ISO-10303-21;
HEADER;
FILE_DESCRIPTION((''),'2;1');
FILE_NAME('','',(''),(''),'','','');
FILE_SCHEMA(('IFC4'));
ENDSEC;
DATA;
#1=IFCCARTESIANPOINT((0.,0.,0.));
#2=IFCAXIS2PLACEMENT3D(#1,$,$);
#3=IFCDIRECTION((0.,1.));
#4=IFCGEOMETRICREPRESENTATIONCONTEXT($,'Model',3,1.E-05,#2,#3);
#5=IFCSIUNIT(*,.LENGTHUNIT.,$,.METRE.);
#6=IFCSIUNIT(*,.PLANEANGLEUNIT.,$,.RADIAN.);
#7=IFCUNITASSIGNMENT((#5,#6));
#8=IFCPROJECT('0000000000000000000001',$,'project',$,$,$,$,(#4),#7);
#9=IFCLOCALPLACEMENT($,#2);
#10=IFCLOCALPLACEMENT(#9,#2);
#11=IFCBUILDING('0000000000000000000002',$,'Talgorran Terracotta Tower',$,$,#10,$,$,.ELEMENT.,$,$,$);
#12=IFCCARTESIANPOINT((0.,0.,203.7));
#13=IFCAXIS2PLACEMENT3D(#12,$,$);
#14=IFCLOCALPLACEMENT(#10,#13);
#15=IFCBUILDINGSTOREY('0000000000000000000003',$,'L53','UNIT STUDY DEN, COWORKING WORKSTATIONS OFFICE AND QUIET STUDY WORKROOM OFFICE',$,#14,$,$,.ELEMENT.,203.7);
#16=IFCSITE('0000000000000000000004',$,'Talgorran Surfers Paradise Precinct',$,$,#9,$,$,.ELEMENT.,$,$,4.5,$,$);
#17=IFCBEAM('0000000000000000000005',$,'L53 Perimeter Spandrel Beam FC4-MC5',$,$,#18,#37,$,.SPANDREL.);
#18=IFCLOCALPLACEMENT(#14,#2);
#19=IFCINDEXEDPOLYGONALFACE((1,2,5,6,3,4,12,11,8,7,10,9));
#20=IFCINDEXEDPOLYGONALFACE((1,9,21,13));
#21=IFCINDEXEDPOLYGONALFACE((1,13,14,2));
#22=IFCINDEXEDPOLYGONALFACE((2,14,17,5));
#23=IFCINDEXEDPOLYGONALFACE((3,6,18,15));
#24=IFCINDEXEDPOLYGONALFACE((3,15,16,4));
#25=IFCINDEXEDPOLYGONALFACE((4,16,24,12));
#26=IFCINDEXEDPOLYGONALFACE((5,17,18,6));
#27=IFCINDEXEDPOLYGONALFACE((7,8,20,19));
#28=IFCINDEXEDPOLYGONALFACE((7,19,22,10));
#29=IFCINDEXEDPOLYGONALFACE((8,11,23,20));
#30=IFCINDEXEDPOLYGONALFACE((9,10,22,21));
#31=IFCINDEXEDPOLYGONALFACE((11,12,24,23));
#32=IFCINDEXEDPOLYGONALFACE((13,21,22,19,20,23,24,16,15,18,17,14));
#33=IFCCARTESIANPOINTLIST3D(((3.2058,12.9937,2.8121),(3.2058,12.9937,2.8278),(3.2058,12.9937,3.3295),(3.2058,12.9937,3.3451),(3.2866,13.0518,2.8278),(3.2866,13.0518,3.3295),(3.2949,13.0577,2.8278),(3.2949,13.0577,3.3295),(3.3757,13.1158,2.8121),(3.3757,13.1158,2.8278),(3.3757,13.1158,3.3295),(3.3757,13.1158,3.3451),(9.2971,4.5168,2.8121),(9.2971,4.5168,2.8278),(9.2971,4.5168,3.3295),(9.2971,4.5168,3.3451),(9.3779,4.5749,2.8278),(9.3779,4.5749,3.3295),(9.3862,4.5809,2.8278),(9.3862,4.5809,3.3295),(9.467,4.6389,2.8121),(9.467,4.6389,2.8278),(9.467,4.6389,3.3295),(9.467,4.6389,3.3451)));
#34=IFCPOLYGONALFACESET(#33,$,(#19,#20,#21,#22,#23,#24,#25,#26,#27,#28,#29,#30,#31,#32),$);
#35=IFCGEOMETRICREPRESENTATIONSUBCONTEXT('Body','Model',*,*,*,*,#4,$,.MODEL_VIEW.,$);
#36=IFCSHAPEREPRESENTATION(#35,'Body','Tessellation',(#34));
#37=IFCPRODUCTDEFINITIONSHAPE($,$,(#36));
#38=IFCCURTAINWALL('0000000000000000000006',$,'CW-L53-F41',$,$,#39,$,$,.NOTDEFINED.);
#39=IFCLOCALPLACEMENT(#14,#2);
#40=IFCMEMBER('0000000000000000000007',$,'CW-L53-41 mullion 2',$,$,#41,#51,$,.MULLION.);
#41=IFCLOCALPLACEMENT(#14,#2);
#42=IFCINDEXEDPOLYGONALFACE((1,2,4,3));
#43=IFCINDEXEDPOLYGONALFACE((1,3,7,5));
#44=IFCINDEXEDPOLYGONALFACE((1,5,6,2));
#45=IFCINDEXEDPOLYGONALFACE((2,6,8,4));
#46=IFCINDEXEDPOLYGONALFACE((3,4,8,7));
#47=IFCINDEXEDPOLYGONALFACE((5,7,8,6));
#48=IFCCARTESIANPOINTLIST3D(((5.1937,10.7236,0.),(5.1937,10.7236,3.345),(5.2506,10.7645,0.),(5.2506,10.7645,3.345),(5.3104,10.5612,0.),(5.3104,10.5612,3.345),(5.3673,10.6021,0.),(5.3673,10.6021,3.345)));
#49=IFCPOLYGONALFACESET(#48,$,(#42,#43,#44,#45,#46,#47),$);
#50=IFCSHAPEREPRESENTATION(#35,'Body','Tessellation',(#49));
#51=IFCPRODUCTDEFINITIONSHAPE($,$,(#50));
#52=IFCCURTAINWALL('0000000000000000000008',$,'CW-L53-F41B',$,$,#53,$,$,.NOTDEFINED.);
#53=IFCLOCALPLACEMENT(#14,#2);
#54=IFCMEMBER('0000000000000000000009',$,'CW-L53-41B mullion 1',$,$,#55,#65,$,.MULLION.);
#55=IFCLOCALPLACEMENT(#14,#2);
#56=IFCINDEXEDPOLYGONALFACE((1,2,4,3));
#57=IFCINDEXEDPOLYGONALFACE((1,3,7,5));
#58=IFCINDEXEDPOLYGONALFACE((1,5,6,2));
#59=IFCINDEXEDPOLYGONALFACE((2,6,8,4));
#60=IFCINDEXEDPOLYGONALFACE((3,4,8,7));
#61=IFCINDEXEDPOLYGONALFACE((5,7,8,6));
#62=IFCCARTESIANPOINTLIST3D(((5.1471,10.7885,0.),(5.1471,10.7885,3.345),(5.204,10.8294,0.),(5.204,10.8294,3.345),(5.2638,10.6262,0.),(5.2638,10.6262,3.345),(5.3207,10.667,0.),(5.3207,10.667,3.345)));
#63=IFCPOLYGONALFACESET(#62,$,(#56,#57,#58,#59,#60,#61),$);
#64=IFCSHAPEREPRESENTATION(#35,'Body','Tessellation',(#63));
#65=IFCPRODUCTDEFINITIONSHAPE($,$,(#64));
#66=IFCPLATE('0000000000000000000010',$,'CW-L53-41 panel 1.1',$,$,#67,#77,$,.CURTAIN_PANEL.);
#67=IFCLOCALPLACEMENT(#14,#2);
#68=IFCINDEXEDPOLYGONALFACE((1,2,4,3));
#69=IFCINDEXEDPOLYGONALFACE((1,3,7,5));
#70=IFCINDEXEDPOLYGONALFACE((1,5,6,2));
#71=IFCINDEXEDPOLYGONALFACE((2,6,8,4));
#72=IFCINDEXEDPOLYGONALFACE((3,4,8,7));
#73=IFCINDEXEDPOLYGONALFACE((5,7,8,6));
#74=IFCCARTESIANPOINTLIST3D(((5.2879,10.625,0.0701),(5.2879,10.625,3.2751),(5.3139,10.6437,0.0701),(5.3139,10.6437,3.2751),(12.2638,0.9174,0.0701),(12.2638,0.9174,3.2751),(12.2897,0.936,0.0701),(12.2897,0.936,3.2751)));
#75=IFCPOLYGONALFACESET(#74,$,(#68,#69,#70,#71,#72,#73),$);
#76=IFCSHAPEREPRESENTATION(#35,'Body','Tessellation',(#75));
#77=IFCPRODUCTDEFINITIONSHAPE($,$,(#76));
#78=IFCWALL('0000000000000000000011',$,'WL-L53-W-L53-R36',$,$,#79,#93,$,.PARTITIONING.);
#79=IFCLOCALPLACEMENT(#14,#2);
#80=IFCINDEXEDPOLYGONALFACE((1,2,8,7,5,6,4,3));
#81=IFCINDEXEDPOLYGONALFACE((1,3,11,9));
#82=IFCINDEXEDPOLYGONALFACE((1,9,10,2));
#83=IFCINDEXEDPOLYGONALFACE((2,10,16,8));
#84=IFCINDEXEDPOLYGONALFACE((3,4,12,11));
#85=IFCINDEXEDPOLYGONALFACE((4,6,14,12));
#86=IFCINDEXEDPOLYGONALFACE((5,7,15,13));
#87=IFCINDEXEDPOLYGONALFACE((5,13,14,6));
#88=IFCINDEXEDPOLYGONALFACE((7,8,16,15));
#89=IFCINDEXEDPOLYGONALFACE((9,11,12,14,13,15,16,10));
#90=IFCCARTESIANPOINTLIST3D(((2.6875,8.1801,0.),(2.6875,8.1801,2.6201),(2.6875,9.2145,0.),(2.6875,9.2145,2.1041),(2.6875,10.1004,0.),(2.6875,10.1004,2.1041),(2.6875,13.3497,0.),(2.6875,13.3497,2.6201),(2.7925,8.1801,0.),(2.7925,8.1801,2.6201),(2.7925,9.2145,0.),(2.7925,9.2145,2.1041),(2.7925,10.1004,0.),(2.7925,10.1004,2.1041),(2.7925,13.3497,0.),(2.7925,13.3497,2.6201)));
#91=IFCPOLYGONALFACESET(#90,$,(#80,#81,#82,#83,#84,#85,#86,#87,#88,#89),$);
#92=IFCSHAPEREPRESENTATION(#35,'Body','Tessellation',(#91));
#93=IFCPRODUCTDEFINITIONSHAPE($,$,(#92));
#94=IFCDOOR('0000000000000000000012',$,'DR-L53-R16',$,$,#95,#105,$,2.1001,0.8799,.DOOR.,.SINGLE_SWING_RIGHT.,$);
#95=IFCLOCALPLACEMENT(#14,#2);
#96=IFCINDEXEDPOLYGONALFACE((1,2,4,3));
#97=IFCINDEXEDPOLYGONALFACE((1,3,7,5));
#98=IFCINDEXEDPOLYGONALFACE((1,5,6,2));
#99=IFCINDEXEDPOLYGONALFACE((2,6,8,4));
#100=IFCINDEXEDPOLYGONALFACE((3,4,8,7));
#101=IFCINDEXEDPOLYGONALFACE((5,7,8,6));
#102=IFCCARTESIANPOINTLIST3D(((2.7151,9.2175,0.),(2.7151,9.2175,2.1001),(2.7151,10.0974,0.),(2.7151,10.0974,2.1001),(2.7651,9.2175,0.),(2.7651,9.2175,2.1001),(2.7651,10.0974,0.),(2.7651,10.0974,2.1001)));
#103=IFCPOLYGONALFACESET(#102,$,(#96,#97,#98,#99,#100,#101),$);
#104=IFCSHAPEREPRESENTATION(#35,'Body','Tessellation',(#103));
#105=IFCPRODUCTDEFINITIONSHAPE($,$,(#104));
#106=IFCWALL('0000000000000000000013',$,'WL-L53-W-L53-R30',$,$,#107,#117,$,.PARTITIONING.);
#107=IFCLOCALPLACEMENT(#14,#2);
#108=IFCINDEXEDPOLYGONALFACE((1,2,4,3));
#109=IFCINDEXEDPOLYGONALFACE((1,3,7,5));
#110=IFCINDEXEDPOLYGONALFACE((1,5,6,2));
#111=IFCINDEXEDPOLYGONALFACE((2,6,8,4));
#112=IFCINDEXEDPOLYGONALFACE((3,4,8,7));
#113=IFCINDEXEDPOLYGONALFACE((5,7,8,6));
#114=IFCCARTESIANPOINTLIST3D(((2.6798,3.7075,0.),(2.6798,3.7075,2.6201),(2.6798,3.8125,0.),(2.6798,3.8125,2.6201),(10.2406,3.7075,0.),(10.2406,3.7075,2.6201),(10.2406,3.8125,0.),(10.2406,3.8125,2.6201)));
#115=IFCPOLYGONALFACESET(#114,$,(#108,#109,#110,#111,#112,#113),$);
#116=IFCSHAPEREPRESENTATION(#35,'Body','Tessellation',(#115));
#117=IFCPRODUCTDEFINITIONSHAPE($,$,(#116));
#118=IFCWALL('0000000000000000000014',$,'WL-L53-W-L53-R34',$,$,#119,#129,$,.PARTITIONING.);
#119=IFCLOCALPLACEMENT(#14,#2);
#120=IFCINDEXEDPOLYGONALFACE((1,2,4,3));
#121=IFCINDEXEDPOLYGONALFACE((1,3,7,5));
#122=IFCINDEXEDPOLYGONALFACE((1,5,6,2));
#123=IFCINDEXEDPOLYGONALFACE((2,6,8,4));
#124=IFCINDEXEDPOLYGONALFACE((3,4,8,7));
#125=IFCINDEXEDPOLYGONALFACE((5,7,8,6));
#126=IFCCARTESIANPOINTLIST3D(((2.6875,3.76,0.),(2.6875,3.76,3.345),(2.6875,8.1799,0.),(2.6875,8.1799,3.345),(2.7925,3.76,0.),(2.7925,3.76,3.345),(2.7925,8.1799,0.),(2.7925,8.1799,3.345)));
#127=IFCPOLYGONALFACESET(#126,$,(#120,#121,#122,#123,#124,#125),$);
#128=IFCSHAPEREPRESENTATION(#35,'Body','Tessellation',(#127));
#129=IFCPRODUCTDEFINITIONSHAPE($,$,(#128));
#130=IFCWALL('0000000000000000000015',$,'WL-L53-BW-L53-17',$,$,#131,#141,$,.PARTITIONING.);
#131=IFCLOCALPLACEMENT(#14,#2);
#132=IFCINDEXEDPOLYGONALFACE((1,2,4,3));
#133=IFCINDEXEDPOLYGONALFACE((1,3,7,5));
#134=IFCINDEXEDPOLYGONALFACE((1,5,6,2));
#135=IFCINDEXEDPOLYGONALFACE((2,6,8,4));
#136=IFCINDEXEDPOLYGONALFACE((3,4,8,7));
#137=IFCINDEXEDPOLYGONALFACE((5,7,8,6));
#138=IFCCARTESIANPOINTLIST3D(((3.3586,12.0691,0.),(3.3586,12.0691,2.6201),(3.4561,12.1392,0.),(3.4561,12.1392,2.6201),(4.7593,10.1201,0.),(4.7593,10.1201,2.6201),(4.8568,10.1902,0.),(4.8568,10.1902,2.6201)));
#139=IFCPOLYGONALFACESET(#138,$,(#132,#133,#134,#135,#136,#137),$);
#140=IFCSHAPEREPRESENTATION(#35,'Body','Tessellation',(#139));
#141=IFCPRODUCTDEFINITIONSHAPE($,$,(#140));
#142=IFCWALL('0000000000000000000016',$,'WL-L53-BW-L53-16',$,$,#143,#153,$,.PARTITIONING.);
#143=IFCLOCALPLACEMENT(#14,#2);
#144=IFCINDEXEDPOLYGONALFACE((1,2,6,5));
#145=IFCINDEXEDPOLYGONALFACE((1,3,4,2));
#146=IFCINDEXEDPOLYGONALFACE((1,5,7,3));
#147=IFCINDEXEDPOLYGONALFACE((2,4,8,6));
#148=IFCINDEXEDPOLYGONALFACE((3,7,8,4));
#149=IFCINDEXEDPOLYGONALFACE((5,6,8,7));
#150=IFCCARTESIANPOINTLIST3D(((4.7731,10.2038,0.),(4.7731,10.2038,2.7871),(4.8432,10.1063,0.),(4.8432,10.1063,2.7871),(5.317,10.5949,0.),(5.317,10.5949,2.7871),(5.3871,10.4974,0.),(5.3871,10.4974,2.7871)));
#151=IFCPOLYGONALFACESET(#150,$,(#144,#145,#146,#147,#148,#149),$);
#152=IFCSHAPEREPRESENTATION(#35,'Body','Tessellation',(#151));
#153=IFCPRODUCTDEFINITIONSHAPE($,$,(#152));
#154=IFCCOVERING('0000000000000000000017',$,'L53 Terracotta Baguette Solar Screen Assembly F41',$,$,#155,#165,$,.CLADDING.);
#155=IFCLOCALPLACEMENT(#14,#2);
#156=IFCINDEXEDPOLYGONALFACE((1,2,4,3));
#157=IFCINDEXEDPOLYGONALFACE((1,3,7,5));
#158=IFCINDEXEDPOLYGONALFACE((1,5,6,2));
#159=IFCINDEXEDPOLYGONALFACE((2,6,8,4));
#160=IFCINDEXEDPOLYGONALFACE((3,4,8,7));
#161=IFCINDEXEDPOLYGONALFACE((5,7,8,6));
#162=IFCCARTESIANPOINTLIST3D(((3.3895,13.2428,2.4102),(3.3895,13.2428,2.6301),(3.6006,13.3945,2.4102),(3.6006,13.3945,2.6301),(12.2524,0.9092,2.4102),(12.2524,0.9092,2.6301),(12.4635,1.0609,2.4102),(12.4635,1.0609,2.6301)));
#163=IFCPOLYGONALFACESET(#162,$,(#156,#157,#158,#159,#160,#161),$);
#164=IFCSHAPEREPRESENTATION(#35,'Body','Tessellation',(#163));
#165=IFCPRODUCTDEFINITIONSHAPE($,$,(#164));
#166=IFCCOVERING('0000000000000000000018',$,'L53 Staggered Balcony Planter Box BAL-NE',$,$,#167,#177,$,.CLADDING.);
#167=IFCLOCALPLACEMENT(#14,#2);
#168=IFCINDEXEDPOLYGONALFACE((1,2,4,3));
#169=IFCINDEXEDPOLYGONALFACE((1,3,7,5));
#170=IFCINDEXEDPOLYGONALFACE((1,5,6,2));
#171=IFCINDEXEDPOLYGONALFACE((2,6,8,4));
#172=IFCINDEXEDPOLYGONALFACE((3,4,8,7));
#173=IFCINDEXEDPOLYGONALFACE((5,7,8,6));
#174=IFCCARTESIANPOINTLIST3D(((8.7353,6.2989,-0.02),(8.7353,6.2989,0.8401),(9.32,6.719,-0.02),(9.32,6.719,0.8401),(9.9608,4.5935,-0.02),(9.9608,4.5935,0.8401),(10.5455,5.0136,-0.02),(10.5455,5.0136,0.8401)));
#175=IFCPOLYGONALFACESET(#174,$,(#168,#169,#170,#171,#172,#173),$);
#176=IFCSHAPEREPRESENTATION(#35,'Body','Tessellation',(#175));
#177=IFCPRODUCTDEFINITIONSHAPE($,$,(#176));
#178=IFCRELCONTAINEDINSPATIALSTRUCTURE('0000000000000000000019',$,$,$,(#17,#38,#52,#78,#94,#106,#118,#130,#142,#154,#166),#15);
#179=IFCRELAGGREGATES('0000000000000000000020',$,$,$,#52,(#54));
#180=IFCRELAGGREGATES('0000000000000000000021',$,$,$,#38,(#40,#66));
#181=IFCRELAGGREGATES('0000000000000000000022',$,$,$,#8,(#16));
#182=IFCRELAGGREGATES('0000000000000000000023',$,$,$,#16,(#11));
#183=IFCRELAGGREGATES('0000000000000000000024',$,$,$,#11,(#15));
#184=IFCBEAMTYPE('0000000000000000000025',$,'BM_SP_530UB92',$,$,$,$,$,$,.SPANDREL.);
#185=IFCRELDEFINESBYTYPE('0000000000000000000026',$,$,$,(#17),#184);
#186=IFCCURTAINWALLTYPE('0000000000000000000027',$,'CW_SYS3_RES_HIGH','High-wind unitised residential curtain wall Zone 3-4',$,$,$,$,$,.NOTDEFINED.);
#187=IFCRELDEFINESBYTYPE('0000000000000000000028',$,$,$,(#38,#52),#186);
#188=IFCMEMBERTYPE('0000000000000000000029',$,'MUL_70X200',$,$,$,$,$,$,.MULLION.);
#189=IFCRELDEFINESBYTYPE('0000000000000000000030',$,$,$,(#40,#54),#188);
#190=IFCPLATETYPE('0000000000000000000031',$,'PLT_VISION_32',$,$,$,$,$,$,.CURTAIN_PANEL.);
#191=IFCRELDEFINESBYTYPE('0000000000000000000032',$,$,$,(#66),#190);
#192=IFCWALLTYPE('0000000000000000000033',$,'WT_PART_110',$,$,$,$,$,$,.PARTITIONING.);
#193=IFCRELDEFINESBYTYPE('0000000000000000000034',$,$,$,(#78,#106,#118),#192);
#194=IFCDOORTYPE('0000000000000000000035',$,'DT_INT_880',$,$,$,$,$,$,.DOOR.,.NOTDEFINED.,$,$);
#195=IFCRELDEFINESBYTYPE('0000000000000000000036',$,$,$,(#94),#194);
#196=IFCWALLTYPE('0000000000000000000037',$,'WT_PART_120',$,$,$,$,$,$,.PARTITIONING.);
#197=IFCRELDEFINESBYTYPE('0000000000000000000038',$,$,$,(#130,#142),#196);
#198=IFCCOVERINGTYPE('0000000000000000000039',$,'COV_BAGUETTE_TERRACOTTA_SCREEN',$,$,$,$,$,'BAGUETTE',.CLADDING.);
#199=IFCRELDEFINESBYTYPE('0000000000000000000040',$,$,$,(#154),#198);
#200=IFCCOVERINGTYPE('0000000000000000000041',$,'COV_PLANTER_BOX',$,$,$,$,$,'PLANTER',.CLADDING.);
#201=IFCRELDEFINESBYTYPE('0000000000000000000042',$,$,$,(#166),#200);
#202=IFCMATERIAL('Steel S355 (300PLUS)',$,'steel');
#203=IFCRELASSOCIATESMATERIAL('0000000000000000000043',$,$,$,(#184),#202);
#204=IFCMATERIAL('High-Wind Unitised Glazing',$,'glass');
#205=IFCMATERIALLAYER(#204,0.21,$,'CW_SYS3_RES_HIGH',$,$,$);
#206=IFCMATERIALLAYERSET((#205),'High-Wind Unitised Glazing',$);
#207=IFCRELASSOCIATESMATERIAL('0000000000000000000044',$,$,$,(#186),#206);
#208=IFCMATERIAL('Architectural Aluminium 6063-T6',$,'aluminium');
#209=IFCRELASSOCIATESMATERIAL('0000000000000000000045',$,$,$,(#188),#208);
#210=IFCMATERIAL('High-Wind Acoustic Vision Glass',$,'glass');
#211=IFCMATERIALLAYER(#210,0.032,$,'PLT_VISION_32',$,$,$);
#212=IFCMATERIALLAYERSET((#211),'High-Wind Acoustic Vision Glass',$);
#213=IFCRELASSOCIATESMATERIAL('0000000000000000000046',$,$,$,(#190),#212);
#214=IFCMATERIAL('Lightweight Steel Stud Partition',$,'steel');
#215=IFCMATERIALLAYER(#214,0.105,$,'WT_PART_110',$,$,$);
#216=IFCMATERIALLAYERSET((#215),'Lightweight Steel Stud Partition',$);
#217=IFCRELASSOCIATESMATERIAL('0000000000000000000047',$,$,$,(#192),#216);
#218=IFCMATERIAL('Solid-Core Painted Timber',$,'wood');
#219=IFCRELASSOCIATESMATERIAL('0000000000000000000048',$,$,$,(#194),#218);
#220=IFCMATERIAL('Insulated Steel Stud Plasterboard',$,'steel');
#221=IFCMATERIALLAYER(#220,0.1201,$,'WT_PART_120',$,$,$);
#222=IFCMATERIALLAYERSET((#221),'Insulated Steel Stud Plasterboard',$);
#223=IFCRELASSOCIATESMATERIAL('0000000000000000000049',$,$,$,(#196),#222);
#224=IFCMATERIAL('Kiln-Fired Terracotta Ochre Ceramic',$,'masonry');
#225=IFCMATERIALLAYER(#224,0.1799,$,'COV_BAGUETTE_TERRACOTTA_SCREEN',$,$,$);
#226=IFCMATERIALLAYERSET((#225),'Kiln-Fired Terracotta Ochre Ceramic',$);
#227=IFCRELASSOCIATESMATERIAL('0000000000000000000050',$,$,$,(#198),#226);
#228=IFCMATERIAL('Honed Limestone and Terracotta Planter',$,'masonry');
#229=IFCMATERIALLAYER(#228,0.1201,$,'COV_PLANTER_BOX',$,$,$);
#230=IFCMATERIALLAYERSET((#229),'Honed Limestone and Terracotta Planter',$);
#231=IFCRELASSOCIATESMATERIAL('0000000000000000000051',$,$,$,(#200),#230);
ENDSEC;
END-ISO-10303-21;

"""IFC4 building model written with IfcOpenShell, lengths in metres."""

from ifc_helpers import new_model, si_unit, direction, frame, frame_2d, origin, origin_2d, place, context, subcontext, project, spatial, rectangle, i_section, extrude, source, transform, mapped, material, layer, layer_set, material_profile, profile_set, type_object, type_shapes, element, fill, aggregate, save


model = new_model("IFC4")

# Units and contexts
model_context = context("Model", 3, precision=1e-05, world=origin(), true_north=direction((0.0, 1.0)))
body_context = subcontext(model_context, "Body", "Model", "MODEL_VIEW")
ifc_project = project(units=[si_unit("LENGTHUNIT", "METRE"), si_unit("PLANEANGLEUNIT", "RADIAN")], contexts=[model_context])

# Site, building, storey
site_placement = place(None, origin())
site = spatial("IfcSite", under=ifc_project, at=site_placement, Name="Talgorran Surfers Paradise Precinct", CompositionType="ELEMENT", RefElevation=4.5)
building_placement = place(site_placement, origin())
building = spatial("IfcBuilding", under=site, at=building_placement, Name="Talgorran Terracotta Tower", CompositionType="ELEMENT")
storey_placement = place(building_placement, frame((0.0, 0.0, 203.7)))
storey = spatial("IfcBuildingStorey", under=building, at=storey_placement, Name="L53", Description="UNIT STUDY DEN, COWORKING WORKSTATIONS OFFICE AND QUIET STUDY WORKROOM OFFICE", CompositionType="ELEMENT", Elevation=203.7)

# Shared definitions
ifc_material_1 = material(Name="Steel S355 (300PLUS)", Category="steel")

# Beam
ifc_material_profile_1 = material_profile(ifc_material_1, i_section(OverallWidth=0.2092, OverallDepth=0.533, WebThickness=0.0103, FlangeThickness=0.0156, at=origin_2d()), Name="530UB92.4")
ifc_profile_set_1 = profile_set([ifc_material_profile_1], Name="Steel S355 (300PLUS)")
beam_type_1 = type_object("IfcBeamType", Name="BM_SP_530UB92", PredefinedType="SPANDREL", material=ifc_profile_set_1)
beam_1_placement = place(storey_placement, frame((9.3821, 4.5779, 3.0786), z_axis=(-0.583548, 0.812079, 0.0), x_axis=(-0.812079, -0.583548, 0.0)))
element("IfcBeam", 1, at=beam_1_placement, inside=storey, type_object=beam_type_1, Name="L53 Perimeter Spandrel Beam FC4-MC5", PredefinedType="SPANDREL", context=body_context, shape_type="SweptSolid", body=[
    extrude(i_section(OverallWidth=0.2092, OverallDepth=0.533, WebThickness=0.0103, FlangeThickness=0.0156, at=origin_2d()), origin(), (0.0, 0.0, 1.0), 10.4385),
])

# Curtain walls, members
ifc_material_2 = material(Name="High-Wind Unitised Glazing", Category="glass")
ifc_layer_1 = layer(ifc_material_2, 0.21, Name="CW_SYS3_RES_HIGH")
ifc_layer_set_1 = layer_set([ifc_layer_1], Name="High-Wind Unitised Glazing")
curtain_wall_type = type_object("IfcCurtainWallType", Name="CW_SYS3_RES_HIGH", Description="High-wind unitised residential curtain wall Zone 3-4", PredefinedType="NOTDEFINED", material=ifc_layer_set_1)
curtain_wall_1_placement = place(storey_placement, origin())
curtain_wall_1 = element("IfcCurtainWall", 2, at=curtain_wall_1_placement, inside=storey, type_object=curtain_wall_type, Name="CW-L53-F41", PredefinedType="NOTDEFINED")
ifc_material_3 = material(Name="Architectural Aluminium 6063-T6", Category="aluminium")
ifc_material_profile_2 = material_profile(ifc_material_3, rectangle(XDim=0.0701, YDim=0.2, at=origin_2d()), Name="CWM70X200")
ifc_profile_set_2 = profile_set([ifc_material_profile_2], Name="Architectural Aluminium 6063-T6")
member_type = type_object("IfcMemberType", Name="MUL_70X200", PredefinedType="MULLION", material=ifc_profile_set_2)
member_1_placement = place(storey_placement, frame((5.2805, 10.6628, 0.0), z_axis=(0.0, 0.0, 1.0), x_axis=(-0.812075, -0.583553, 0.0)))
member_1 = element("IfcMember", 3, at=member_1_placement, type_object=member_type, Name="CW-L53-41 mullion 2", PredefinedType="MULLION", context=body_context, shape_type="SweptSolid", body=[
    extrude(rectangle(XDim=0.0701, YDim=0.2, at=origin_2d()), origin(), (0.0, 0.0, 1.0), 3.345),
])
curtain_wall_2_placement = place(storey_placement, origin())
curtain_wall_2 = element("IfcCurtainWall", 4, at=curtain_wall_2_placement, inside=storey, type_object=curtain_wall_type, Name="CW-L53-F41B", PredefinedType="NOTDEFINED")
member_2_placement = place(storey_placement, frame((5.2339, 10.7278, 0.0), z_axis=(0.0, 0.0, 1.0), x_axis=(-0.812065, -0.583567, 0.0)))
member_2 = element("IfcMember", 5, at=member_2_placement, type_object=member_type, Name="CW-L53-41B mullion 1", PredefinedType="MULLION", context=body_context, shape_type="SweptSolid", body=[
    extrude(rectangle(XDim=0.0701, YDim=0.2, at=origin_2d()), origin(), (0.0, 0.0, 1.0), 3.345),
])
aggregate(curtain_wall_2, [member_2])

# Plate
ifc_material_4 = material(Name="High-Wind Acoustic Vision Glass", Category="glass")
ifc_layer_2 = layer(ifc_material_4, 0.032, Name="PLT_VISION_32")
ifc_layer_set_2 = layer_set([ifc_layer_2], Name="High-Wind Acoustic Vision Glass")
plate_type = type_object("IfcPlateType", Name="PLT_VISION_32", PredefinedType="CURTAIN_PANEL", material=ifc_layer_set_2)
shared_shape = source(origin(), body_context, "Body", "SweptSolid", [
    extrude(rectangle(XDim=11.9541, YDim=0.032, at=origin_2d()), origin(), (0.0, 0.0, 1.0), 3.2051),
])
type_shapes(plate_type, [shared_shape])
plate_placement = place(storey_placement, frame((8.7888, 5.7805, 0.0701), z_axis=(0.0, 0.0, 1.0), x_axis=(-0.583553, 0.812075, 0.0)))
plate = element("IfcPlate", 6, at=plate_placement, type_object=plate_type, Name="CW-L53-41 panel 1.1", PredefinedType="CURTAIN_PANEL", context=body_context, shape_type="MappedRepresentation", body=[
    mapped(shared_shape, transform((0.0, 0.0, 0.0), scale=1.0)),
])
aggregate(curtain_wall_1, [member_1, plate])

# Wall, opening, door
ifc_material_5 = material(Name="Lightweight Steel Stud Partition", Category="steel")
ifc_layer_3 = layer(ifc_material_5, 0.105, Name="WT_PART_110")
ifc_layer_set_3 = layer_set([ifc_layer_3], Name="Lightweight Steel Stud Partition")
wall_type_1 = type_object("IfcWallType", Name="WT_PART_110", PredefinedType="PARTITIONING", material=ifc_layer_set_3)
wall_1_placement = place(storey_placement, frame((2.74, 8.1799, 0.0), z_axis=(0.0, 0.0, 1.0), x_axis=(0.0, 1.0, 0.0)))
wall_1 = element("IfcWall", 7, at=wall_1_placement, inside=storey, type_object=wall_type_1, Name="WL-L53-W-L53-R36", PredefinedType="PARTITIONING", context=body_context, shape_type="SweptSolid", body=[
    extrude(rectangle(XDim=5.1697, YDim=0.105, at=frame_2d((2.585, 0.0))), origin(), (0.0, 0.0, 1.0), 2.6201),
])
opening_placement = place(wall_1_placement, frame((1.0376, 0.0, 0.0)))
opening = element("IfcOpeningElement", 8, at=opening_placement, cuts=wall_1, PredefinedType="OPENING", context=body_context, shape_type="SweptSolid", body=[
    extrude(rectangle(XDim=0.8859, YDim=2.1041, at=frame_2d((0.4399, 1.052))), frame((0.0, 0.0625, 0.0), z_axis=(0.0, -1.0, 0.0), x_axis=(1.0, 0.0, 0.0)), (0.0, 0.0, 1.0), 0.125),
])
ifc_material_6 = material(Name="Solid-Core Painted Timber", Category="wood")
door_type = type_object("IfcDoorType", Name="DT_INT_880", OperationType="NOTDEFINED", PredefinedType="DOOR", material=ifc_material_6)
door_placement = place(opening_placement, origin())
door = element("IfcDoor", 9, at=door_placement, inside=storey, type_object=door_type, Name="DR-L53-R16", OperationType="SINGLE_SWING_RIGHT", OverallHeight=2.1001, OverallWidth=0.8799, PredefinedType="DOOR", context=body_context, shape_type="SweptSolid", body=[
    extrude(rectangle(XDim=0.8799, YDim=2.1001, at=frame_2d((0.4399, 1.05))), frame((0.0, 0.0249, 0.0), z_axis=(0.0, -1.0, 0.0), x_axis=(1.0, 0.0, 0.0)), (0.0, 0.0, 1.0), 0.05),
])
fill(opening, door)

# Walls
wall_2_placement = place(storey_placement, frame((2.6799, 3.76, 0.0), z_axis=(0.0, 0.0, 1.0), x_axis=(1.0, 0.0, 0.0)))
element("IfcWall", 10, at=wall_2_placement, inside=storey, type_object=wall_type_1, Name="WL-L53-W-L53-R30", PredefinedType="PARTITIONING", context=body_context, shape_type="SweptSolid", body=[
    extrude(rectangle(XDim=7.5608, YDim=0.105, at=frame_2d((3.7803, 0.0))), origin(), (0.0, 0.0, 1.0), 2.6201),
])
wall_3_placement = place(storey_placement, frame((2.74, 3.76, 0.0), z_axis=(0.0, 0.0, 1.0), x_axis=(0.0, 1.0, 0.0)))
element("IfcWall", 11, at=wall_3_placement, inside=storey, type_object=wall_type_1, Name="WL-L53-W-L53-R34", PredefinedType="PARTITIONING", context=body_context, shape_type="SweptSolid", body=[
    extrude(rectangle(XDim=4.4199, YDim=0.105, at=frame_2d((2.21, 0.0))), origin(), (0.0, 0.0, 1.0), 3.345),
])
ifc_material_7 = material(Name="Insulated Steel Stud Plasterboard", Category="steel")
ifc_layer_4 = layer(ifc_material_7, 0.1201, Name="WT_PART_120")
ifc_layer_set_4 = layer_set([ifc_layer_4], Name="Insulated Steel Stud Plasterboard")
wall_type_2 = type_object("IfcWallType", Name="WT_PART_120", PredefinedType="PARTITIONING", material=ifc_layer_set_4)
wall_4_placement = place(storey_placement, frame((4.8081, 10.155, 0.0), z_axis=(0.0, 0.0, 1.0), x_axis=(-0.583584, 0.812053, 0.0)))
element("IfcWall", 12, at=wall_4_placement, inside=storey, type_object=wall_type_2, Name="WL-L53-BW-L53-17", PredefinedType="PARTITIONING", context=body_context, shape_type="SweptSolid", body=[
    extrude(rectangle(XDim=2.4001, YDim=0.1201, at=frame_2d((1.2002, 0.0))), origin(), (0.0, 0.0, 1.0), 2.6201),
])
wall_5_placement = place(storey_placement, frame((5.3521, 10.5461, 0.0), z_axis=(0.0, 0.0, 1.0), x_axis=(-0.811907, -0.583786, 0.0)))
element("IfcWall", 13, at=wall_5_placement, inside=storey, type_object=wall_type_2, Name="WL-L53-BW-L53-16", PredefinedType="PARTITIONING", context=body_context, shape_type="SweptSolid", body=[
    extrude(rectangle(XDim=0.6699, YDim=0.1201, at=frame_2d((0.335, 0.0))), origin(), (0.0, 0.0, 1.0), 2.7871),
])

# Coverings
ifc_material_8 = material(Name="Kiln-Fired Terracotta Ochre Ceramic", Category="masonry")
ifc_layer_5 = layer(ifc_material_8, 0.1799, Name="COV_BAGUETTE_TERRACOTTA_SCREEN")
ifc_layer_set_5 = layer_set([ifc_layer_5], Name="Kiln-Fired Terracotta Ochre Ceramic")
covering_type_1 = type_object("IfcCoveringType", Name="COV_BAGUETTE_TERRACOTTA_SCREEN", ElementType="BAGUETTE", PredefinedType="CLADDING", material=ifc_layer_set_5)
covering_1_placement = place(storey_placement, frame((7.9265, 7.1519, 2.4102), z_axis=(0.0, 0.0, 1.0), x_axis=(-0.583555, 0.812073, 0.0)))
element("IfcCovering", 14, at=covering_1_placement, inside=storey, type_object=covering_type_1, Name="L53 Terracotta Baguette Solar Screen Assembly F41", PredefinedType="CLADDING", context=body_context, shape_type="SweptSolid", body=[
    extrude(rectangle(XDim=15.1877, YDim=0.26, at=origin_2d()), origin(), (0.0, 0.0, 1.0), 0.22),
])
ifc_material_9 = material(Name="Honed Limestone and Terracotta Planter", Category="masonry")
ifc_layer_6 = layer(ifc_material_9, 0.1201, Name="COV_PLANTER_BOX")
ifc_layer_set_6 = layer_set([ifc_layer_6], Name="Honed Limestone and Terracotta Planter")
covering_type_2 = type_object("IfcCoveringType", Name="COV_PLANTER_BOX", ElementType="PLANTER", PredefinedType="CLADDING", material=ifc_layer_set_6)
covering_2_placement = place(storey_placement, frame((9.6404, 5.6562, -0.02), z_axis=(0.0, 0.0, 1.0), x_axis=(-0.583555, 0.812073, 0.0)))
element("IfcCovering", 15, at=covering_2_placement, inside=storey, type_object=covering_type_2, Name="L53 Staggered Balcony Planter Box BAL-NE", PredefinedType="CLADDING", context=body_context, shape_type="SweptSolid", body=[
    extrude(rectangle(XDim=2.1001, YDim=0.72, at=origin_2d()), origin(), (0.0, 0.0, 1.0), 0.8601),
])

save(model, "model.ifc")
